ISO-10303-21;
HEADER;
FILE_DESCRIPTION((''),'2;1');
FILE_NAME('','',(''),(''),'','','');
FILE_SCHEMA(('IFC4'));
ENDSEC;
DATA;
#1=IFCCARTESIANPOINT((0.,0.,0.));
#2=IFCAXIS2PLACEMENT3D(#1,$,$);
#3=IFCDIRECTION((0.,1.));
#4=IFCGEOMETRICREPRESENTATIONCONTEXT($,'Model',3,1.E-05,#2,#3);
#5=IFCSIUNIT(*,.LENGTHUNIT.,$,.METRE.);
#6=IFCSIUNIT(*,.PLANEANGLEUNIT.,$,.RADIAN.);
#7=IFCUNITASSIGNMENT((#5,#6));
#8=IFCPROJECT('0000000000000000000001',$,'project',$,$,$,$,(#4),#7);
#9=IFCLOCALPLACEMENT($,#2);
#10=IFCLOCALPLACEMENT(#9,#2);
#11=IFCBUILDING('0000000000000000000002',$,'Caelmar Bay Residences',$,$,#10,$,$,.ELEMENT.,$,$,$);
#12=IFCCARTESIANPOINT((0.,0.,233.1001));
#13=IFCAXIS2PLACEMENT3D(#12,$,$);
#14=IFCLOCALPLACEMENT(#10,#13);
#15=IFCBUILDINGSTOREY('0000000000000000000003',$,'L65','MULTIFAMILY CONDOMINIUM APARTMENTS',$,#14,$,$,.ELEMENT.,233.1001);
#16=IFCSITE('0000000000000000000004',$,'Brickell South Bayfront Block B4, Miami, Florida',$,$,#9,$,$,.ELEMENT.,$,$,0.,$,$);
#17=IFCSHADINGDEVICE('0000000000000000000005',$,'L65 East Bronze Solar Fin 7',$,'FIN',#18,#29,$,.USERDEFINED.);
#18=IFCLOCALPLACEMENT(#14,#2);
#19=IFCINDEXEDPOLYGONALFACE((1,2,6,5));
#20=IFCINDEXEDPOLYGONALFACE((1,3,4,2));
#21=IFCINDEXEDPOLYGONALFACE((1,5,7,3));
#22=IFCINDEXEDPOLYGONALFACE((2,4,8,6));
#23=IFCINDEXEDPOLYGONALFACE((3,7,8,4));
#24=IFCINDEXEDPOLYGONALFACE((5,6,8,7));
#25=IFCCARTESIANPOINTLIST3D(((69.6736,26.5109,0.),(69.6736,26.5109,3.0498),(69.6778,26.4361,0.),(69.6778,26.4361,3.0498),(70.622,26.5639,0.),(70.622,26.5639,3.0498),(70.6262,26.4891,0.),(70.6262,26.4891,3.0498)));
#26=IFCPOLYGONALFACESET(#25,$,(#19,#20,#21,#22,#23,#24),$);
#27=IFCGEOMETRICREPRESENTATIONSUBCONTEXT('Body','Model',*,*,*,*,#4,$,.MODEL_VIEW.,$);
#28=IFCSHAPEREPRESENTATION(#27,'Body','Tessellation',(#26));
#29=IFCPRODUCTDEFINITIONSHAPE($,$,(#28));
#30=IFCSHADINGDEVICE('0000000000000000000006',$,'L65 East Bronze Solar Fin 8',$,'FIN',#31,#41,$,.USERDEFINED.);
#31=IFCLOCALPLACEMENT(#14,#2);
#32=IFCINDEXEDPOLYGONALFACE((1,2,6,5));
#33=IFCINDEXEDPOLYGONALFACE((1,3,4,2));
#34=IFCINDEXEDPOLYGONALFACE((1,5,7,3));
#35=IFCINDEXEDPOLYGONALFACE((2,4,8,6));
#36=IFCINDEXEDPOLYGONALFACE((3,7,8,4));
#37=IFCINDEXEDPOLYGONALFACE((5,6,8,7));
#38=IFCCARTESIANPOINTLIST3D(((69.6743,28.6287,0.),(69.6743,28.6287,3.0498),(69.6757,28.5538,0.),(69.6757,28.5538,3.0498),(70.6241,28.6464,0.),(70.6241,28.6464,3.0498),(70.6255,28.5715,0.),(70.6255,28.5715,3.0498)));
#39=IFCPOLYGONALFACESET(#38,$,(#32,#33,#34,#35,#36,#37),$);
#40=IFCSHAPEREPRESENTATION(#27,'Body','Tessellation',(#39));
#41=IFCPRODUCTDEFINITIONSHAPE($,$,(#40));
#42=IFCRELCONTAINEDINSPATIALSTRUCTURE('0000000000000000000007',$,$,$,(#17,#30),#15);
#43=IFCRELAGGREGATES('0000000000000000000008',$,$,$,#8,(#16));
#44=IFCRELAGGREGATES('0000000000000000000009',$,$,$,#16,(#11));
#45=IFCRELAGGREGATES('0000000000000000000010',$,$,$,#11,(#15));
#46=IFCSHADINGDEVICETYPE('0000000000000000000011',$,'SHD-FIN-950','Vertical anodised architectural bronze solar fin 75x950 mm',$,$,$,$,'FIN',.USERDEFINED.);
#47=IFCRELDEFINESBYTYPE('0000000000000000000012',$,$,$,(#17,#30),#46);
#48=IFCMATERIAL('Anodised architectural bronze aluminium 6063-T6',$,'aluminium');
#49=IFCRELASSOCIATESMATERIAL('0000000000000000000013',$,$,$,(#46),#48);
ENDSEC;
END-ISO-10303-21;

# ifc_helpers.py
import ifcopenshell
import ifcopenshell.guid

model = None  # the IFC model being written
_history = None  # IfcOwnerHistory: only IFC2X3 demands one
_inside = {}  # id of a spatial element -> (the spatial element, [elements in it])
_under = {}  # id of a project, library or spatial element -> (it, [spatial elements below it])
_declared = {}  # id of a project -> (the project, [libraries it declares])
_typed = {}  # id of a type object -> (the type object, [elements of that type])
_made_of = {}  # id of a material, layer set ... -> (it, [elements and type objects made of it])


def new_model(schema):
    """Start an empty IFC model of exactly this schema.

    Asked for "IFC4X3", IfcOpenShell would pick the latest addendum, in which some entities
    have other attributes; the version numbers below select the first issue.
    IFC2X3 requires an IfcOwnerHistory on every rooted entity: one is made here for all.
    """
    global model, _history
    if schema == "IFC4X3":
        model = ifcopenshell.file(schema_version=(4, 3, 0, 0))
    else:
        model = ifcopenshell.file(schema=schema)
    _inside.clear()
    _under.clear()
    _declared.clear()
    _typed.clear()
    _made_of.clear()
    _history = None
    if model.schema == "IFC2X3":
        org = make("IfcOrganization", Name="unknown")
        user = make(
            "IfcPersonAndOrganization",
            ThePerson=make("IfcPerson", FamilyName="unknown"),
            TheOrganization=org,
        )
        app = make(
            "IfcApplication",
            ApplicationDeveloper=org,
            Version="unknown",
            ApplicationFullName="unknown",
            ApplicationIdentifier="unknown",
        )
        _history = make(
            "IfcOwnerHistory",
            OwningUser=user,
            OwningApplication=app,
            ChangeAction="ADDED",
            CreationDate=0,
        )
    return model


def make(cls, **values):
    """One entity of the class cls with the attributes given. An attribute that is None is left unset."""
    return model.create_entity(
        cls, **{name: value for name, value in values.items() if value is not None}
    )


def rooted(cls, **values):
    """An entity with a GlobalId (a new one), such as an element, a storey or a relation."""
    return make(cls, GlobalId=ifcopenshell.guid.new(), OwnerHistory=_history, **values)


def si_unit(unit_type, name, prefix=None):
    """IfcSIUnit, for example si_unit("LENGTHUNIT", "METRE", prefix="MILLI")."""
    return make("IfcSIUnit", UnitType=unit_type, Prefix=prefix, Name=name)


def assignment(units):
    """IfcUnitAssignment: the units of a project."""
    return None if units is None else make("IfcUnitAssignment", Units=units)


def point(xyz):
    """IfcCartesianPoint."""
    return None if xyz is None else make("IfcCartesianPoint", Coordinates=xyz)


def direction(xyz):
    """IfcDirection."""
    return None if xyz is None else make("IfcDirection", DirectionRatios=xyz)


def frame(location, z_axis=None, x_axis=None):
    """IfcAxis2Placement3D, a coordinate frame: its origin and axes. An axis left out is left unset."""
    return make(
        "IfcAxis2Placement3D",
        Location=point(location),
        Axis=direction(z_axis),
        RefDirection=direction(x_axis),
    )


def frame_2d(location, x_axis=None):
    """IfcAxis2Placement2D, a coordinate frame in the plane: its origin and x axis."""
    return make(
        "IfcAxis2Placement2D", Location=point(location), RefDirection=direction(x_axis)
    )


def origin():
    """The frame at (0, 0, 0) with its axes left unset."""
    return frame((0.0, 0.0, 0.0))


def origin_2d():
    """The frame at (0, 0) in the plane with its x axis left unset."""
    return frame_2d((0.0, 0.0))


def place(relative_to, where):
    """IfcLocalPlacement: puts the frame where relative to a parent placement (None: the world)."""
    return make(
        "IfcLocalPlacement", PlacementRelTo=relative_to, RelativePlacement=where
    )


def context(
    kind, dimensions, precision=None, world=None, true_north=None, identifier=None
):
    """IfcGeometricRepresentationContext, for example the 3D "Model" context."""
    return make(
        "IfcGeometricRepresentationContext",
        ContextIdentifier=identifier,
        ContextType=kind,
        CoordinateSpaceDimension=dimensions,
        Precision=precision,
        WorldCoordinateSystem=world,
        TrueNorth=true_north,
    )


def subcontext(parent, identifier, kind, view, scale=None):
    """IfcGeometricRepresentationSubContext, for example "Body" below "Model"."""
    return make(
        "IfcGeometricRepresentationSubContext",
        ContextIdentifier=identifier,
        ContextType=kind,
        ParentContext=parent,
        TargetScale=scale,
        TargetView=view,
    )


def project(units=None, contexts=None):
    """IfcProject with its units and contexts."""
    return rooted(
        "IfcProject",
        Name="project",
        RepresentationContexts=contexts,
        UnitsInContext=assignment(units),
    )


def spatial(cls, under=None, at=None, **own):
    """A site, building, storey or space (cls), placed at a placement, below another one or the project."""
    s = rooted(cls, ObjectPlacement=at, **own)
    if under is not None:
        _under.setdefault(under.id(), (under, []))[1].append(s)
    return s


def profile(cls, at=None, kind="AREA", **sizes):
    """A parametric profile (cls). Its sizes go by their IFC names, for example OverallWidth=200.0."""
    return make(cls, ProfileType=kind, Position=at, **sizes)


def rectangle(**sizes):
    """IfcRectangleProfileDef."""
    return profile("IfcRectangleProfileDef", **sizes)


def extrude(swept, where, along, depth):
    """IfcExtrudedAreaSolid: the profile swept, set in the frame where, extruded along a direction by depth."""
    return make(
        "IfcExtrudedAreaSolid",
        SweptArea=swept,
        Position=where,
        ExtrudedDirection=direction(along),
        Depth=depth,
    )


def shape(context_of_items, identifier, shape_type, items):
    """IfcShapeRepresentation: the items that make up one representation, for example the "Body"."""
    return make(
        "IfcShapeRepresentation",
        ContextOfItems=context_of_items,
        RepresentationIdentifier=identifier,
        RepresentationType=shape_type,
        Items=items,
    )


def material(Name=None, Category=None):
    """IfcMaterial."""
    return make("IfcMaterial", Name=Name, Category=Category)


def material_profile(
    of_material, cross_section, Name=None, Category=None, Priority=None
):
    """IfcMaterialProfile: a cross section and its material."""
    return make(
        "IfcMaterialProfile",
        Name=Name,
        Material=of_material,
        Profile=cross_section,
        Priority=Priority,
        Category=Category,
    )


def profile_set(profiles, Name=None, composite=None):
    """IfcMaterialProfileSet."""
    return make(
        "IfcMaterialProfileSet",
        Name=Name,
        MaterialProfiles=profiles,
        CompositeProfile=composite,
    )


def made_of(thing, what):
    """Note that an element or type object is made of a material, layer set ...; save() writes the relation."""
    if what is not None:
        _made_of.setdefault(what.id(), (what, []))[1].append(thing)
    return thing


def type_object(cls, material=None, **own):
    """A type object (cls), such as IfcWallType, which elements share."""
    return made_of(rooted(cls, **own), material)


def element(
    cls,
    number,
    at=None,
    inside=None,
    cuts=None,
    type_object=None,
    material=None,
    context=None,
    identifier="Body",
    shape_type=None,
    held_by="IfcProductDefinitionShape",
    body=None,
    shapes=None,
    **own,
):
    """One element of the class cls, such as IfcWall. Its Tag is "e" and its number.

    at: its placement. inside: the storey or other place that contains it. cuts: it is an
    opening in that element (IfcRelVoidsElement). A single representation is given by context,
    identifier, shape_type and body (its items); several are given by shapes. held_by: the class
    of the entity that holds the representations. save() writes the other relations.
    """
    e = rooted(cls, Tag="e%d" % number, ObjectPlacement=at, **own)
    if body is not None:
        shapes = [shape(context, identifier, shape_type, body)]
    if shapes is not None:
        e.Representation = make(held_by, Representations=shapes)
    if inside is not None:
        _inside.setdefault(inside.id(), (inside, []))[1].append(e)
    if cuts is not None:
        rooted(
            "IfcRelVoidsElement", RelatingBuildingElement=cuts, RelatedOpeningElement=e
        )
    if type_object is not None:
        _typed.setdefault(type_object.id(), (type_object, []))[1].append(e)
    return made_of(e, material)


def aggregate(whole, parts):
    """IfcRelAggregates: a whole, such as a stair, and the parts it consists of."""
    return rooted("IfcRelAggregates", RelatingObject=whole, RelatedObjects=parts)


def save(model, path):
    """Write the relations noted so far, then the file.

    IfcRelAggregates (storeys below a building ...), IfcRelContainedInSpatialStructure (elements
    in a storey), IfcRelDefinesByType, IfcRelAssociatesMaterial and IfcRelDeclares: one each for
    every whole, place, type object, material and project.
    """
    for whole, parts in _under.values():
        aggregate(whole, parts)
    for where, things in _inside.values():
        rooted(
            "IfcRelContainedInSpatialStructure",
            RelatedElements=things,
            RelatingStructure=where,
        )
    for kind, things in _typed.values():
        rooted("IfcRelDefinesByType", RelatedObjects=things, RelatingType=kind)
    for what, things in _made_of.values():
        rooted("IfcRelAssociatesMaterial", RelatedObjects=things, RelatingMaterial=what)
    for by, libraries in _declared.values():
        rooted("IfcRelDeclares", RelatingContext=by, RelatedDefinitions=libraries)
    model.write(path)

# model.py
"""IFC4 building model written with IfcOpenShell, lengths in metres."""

from ifc_helpers import new_model, si_unit, direction, frame, origin, origin_2d, place, context, subcontext, project, spatial, rectangle, extrude, material, material_profile, profile_set, type_object, element, save


model = new_model("IFC4")

# Units and contexts
model_context = context("Model", 3, precision=1e-05, world=origin(), true_north=direction((0.0, 1.0)))
body_context = subcontext(model_context, "Body", "Model", "MODEL_VIEW")
ifc_project = project(units=[si_unit("LENGTHUNIT", "METRE"), si_unit("PLANEANGLEUNIT", "RADIAN")], contexts=[model_context])

# Site, building, storey
site_placement = place(None, origin())
site = spatial("IfcSite", under=ifc_project, at=site_placement, Name="Brickell South Bayfront Block B4, Miami, Florida", CompositionType="ELEMENT", RefElevation=0.0)
building_placement = place(site_placement, origin())
building = spatial("IfcBuilding", under=site, at=building_placement, Name="Caelmar Bay Residences", CompositionType="ELEMENT")
storey_placement = place(building_placement, frame((0.0, 0.0, 233.1001)))
storey = spatial("IfcBuildingStorey", under=building, at=storey_placement, Name="L65", Description="MULTIFAMILY CONDOMINIUM APARTMENTS", CompositionType="ELEMENT", Elevation=233.1001)

# Shading devices
ifc_material_1 = material(Name="Anodised architectural bronze aluminium 6063-T6", Category="aluminium")
ifc_material_profile_1 = material_profile(ifc_material_1, rectangle(XDim=0.075, YDim=0.95, at=origin_2d()), Name="BRONZE-FIN-75X950")
ifc_profile_set_1 = profile_set([ifc_material_profile_1], Name="Anodised architectural bronze aluminium 6063-T6")
shading_device_type = type_object("IfcShadingDeviceType", Name="SHD-FIN-950", Description="Vertical anodised architectural bronze solar fin 75x950 mm", ElementType="FIN", PredefinedType="USERDEFINED", material=ifc_profile_set_1)
for number, where, z_axis, x_axis, name in (
    (1, (70.1499, 26.5, 0.0), (0.0, 0.0, 1.0), (-0.055822, 0.998441, 0.0), "L65 East Bronze Solar Fin 7"),
    (2, (70.1499, 28.6001, 0.0), (0.0, 0.0, 1.0), (-0.018674, 0.999826, 0.0), "L65 East Bronze Solar Fin 8"),
):
    element("IfcShadingDevice", number, at=place(storey_placement, frame(where, z_axis=z_axis, x_axis=x_axis)), inside=storey, type_object=shading_device_type, Name=name, ObjectType="FIN", PredefinedType="USERDEFINED", context=body_context, shape_type="SweptSolid", body=[
        extrude(rectangle(XDim=0.075, YDim=0.95, at=origin_2d()), origin(), (0.0, 0.0, 1.0), 3.0498),
    ])

save(model, "model.ifc")
